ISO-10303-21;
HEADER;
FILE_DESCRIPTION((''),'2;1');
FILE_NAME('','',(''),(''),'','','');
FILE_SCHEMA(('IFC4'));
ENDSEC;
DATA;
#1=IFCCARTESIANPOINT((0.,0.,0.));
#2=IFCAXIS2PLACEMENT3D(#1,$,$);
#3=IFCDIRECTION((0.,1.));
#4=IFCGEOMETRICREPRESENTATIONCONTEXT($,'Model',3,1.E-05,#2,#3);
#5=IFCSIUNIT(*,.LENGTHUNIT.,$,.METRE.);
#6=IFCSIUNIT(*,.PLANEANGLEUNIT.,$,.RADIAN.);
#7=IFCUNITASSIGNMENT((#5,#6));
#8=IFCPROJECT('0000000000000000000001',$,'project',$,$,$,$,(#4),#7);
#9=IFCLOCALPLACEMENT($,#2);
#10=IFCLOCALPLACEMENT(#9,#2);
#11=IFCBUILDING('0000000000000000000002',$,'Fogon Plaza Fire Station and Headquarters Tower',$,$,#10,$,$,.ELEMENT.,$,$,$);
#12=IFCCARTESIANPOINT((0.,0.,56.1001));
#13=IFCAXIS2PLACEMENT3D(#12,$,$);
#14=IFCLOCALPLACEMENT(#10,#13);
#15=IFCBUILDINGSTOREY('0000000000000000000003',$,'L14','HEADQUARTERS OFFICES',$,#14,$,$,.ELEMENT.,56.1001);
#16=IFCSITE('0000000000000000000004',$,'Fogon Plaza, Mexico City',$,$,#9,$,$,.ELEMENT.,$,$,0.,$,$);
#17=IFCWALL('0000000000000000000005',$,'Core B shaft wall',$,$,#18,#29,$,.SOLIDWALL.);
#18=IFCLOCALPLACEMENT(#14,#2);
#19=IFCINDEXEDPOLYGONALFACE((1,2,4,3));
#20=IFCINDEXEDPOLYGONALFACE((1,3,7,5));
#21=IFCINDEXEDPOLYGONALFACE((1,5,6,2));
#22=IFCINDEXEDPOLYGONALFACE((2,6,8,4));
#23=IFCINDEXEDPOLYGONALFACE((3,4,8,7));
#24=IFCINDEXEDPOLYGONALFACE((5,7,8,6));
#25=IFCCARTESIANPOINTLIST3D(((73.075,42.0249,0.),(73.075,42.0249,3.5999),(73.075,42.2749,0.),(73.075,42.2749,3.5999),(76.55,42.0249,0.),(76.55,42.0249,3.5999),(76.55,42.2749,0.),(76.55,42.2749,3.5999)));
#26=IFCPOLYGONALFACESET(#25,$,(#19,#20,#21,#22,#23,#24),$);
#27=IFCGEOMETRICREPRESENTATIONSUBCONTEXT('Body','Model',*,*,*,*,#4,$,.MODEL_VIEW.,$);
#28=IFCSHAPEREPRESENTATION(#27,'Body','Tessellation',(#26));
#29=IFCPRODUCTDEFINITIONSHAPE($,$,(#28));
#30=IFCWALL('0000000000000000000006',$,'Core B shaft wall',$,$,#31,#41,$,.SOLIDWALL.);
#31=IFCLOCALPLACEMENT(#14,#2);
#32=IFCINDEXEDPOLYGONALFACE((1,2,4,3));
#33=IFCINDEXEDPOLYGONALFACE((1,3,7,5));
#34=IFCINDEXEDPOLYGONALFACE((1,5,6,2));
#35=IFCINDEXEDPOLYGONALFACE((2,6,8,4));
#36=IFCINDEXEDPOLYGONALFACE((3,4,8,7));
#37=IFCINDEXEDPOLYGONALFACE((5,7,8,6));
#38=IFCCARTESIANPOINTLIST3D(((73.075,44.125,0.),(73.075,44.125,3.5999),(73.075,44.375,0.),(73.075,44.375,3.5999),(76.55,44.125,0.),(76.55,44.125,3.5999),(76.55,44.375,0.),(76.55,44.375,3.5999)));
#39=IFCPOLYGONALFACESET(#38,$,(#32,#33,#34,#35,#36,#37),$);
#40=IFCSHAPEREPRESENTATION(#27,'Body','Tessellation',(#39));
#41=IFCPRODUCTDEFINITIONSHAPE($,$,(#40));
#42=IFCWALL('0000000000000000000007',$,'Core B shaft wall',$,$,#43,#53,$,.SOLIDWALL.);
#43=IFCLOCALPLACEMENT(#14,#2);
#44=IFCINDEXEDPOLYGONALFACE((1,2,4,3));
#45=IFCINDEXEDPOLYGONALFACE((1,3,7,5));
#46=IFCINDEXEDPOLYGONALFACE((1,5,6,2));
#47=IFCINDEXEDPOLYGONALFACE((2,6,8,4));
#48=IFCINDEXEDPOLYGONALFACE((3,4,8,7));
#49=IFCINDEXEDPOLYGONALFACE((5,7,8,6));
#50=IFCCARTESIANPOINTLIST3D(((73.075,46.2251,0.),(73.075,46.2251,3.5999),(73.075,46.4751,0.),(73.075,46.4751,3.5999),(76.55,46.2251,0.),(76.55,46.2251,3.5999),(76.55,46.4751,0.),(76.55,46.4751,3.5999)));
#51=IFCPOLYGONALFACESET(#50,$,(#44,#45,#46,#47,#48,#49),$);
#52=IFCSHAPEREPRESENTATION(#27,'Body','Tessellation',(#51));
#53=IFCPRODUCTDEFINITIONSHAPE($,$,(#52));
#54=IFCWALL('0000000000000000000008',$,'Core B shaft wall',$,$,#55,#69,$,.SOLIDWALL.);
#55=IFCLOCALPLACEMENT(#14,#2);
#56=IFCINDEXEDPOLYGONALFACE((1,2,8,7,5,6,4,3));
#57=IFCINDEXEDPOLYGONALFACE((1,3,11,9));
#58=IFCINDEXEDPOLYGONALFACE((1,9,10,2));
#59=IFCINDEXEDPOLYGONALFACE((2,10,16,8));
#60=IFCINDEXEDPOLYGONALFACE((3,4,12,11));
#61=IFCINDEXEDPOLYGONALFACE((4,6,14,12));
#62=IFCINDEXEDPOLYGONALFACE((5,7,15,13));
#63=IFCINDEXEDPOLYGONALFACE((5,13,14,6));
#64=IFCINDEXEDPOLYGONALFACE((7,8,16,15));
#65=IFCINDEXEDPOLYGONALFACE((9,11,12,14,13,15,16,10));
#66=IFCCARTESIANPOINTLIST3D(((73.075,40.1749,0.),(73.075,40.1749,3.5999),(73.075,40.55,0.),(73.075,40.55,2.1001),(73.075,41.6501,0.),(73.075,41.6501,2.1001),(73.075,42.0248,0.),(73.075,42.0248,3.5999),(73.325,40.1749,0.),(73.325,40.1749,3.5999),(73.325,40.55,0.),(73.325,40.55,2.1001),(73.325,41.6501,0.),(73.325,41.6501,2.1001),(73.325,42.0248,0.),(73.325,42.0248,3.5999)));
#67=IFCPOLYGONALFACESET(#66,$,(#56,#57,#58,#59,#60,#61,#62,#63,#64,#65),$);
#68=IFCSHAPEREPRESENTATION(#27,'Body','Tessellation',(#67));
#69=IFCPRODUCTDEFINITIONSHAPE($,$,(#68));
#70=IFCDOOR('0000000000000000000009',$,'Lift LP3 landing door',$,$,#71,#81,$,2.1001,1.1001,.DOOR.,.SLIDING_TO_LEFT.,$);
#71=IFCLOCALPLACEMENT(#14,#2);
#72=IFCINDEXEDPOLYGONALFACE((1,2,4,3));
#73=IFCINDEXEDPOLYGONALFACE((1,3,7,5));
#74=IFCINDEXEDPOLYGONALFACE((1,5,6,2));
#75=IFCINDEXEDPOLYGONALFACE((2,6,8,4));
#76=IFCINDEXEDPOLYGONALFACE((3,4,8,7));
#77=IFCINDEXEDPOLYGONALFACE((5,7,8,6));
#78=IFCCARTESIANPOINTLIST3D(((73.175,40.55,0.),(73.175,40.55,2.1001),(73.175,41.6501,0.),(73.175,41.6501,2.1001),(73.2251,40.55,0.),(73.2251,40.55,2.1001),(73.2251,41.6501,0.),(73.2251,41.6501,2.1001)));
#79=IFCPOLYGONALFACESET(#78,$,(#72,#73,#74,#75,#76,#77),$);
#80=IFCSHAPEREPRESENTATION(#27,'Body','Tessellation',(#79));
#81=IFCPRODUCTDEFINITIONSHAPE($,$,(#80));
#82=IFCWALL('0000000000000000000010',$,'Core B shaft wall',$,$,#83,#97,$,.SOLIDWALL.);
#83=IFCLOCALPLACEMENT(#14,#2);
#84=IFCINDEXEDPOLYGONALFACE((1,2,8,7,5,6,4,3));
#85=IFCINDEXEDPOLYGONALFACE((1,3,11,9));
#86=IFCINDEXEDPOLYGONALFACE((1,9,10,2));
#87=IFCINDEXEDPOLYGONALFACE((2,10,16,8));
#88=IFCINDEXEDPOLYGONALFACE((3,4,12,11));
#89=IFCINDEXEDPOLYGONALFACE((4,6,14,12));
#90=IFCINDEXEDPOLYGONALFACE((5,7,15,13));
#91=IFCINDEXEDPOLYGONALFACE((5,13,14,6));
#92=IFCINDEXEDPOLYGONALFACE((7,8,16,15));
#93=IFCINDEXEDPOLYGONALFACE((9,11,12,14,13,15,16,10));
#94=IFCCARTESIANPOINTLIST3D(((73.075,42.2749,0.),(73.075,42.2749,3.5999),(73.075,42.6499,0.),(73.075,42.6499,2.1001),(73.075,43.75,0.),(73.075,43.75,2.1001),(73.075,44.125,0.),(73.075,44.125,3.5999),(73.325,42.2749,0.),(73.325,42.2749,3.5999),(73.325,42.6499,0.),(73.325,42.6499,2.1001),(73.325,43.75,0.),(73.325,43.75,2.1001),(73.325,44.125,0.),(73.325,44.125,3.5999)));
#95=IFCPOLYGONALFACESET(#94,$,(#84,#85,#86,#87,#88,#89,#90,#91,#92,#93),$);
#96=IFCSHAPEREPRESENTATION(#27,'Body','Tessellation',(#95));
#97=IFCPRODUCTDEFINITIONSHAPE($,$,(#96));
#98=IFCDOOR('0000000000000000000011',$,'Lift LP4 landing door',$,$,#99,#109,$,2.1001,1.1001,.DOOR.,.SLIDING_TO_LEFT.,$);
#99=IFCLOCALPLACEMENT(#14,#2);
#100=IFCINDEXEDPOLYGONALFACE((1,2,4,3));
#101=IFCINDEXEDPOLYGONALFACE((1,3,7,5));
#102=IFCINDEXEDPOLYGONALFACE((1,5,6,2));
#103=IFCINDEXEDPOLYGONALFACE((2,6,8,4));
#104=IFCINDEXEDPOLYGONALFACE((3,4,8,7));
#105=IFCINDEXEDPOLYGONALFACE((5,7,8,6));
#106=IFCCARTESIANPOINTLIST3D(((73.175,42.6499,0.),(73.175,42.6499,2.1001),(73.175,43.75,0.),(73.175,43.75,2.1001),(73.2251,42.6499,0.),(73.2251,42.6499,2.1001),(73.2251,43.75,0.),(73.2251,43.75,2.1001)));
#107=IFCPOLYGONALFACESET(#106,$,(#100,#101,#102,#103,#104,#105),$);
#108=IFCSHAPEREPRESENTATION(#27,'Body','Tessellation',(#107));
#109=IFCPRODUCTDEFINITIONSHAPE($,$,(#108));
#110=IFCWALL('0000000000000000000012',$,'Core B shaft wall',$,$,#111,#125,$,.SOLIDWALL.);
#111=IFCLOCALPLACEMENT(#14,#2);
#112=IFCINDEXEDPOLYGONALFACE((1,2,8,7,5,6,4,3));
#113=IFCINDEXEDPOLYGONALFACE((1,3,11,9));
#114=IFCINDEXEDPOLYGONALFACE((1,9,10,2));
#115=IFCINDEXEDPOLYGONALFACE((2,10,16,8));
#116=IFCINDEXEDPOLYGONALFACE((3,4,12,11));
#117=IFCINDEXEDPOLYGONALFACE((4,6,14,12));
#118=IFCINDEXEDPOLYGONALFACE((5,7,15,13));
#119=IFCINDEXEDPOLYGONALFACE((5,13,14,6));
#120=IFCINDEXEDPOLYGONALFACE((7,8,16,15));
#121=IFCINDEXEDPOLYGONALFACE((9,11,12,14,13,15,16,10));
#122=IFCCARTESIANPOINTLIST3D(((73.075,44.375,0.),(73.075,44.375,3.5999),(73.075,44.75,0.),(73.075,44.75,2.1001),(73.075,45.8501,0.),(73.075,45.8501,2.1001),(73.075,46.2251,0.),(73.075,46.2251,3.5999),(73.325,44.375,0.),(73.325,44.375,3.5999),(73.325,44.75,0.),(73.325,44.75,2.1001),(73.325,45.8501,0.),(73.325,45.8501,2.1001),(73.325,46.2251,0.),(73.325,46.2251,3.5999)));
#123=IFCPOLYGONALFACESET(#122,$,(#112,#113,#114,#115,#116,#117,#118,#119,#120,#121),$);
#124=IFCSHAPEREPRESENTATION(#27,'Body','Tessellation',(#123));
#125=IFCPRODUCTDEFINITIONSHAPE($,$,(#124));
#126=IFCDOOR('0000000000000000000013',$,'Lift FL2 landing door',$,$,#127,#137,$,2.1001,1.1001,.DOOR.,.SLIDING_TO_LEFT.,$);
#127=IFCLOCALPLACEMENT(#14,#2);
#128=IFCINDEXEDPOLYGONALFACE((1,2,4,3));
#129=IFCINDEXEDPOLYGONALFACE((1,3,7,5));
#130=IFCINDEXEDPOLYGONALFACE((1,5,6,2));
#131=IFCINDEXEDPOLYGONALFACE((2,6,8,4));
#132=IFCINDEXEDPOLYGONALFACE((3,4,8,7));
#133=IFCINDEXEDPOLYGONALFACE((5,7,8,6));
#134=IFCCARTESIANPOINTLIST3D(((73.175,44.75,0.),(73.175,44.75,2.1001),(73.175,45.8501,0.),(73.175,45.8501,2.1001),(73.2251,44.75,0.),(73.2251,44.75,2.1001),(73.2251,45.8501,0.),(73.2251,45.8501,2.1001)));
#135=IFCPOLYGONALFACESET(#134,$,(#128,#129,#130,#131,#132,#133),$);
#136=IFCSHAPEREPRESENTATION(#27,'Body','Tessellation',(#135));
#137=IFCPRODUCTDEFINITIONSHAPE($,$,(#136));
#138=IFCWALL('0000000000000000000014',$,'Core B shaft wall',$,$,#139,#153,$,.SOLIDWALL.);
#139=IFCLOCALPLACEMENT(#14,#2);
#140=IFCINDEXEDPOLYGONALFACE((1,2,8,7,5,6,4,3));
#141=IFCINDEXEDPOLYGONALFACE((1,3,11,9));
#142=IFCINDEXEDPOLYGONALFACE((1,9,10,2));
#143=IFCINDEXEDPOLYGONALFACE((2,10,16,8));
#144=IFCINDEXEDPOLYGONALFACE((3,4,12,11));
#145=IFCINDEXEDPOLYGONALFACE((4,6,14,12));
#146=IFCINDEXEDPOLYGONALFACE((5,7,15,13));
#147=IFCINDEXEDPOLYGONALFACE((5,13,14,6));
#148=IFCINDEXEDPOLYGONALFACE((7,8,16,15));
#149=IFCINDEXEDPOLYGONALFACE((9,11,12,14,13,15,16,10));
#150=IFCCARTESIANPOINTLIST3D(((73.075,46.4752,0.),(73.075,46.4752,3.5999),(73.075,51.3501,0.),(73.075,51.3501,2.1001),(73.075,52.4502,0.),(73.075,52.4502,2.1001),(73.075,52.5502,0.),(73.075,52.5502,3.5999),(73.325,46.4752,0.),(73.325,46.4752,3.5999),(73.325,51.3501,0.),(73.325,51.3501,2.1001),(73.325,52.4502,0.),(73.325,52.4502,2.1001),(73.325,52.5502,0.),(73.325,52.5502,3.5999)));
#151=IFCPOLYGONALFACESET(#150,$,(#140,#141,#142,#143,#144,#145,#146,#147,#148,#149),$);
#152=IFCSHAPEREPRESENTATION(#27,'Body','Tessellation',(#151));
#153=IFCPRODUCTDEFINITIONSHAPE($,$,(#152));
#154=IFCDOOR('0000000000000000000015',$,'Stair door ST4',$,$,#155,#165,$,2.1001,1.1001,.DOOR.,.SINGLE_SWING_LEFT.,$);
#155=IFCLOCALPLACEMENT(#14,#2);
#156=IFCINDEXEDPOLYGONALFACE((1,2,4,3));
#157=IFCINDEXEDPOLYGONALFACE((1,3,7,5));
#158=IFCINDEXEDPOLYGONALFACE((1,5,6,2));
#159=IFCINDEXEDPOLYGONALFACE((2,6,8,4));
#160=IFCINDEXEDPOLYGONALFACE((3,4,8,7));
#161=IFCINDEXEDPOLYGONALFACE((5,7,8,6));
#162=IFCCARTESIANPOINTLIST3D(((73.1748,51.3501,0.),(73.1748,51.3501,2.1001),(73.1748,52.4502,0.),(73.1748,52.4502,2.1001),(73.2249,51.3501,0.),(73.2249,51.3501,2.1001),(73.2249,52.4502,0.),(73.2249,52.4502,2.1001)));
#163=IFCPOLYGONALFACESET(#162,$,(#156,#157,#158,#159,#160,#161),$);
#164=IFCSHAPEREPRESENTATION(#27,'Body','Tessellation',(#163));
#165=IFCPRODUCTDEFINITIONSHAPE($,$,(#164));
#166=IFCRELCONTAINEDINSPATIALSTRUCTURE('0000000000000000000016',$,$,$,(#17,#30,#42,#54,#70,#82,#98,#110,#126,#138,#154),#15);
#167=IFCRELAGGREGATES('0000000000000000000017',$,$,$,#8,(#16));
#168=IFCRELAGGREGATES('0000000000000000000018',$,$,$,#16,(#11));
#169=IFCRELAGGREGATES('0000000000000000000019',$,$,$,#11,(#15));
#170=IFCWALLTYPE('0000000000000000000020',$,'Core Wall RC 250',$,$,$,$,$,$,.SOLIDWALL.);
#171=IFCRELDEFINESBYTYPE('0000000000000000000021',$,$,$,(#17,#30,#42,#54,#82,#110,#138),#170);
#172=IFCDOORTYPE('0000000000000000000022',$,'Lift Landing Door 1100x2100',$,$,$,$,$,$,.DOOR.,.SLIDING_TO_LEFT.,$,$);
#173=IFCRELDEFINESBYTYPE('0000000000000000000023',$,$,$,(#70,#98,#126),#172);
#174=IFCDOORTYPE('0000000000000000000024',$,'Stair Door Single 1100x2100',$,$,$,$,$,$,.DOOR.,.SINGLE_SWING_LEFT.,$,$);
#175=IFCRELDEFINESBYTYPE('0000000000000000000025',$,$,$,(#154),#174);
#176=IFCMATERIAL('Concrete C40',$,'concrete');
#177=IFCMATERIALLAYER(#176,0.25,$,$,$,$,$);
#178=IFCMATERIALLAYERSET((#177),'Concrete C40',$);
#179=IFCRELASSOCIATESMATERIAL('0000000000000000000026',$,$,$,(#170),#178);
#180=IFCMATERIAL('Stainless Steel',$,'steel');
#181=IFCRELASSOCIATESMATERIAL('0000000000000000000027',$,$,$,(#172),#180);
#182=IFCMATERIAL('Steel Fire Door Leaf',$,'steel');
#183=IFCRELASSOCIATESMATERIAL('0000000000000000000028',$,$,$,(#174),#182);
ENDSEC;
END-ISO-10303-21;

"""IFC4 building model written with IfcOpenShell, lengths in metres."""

from ifc_helpers import new_model, si_unit, direction, frame, frame_2d, origin, place, context, subcontext, project, spatial, rectangle, extrude, material, layer, layer_set, type_object, element, fill, save


model = new_model("IFC4")

# Units and contexts
model_context = context("Model", 3, precision=1e-05, world=origin(), true_north=direction((0.0, 1.0)))
body_context = subcontext(model_context, "Body", "Model", "MODEL_VIEW")
ifc_project = project(units=[si_unit("LENGTHUNIT", "METRE"), si_unit("PLANEANGLEUNIT", "RADIAN")], contexts=[model_context])

# Site, building, storey
site_placement = place(None, origin())
site = spatial("IfcSite", under=ifc_project, at=site_placement, Name="Fogon Plaza, Mexico City", CompositionType="ELEMENT", RefElevation=0.0)
building_placement = place(site_placement, origin())
building = spatial("IfcBuilding", under=site, at=building_placement, Name="Fogon Plaza Fire Station and Headquarters Tower", CompositionType="ELEMENT")
storey_placement = place(building_placement, frame((0.0, 0.0, 56.1001)))
storey = spatial("IfcBuildingStorey", under=building, at=storey_placement, Name="L14", Description="HEADQUARTERS OFFICES", CompositionType="ELEMENT", Elevation=56.1001)

# Walls
ifc_material_1 = material(Name="Concrete C40", Category="concrete")
ifc_layer_1 = layer(ifc_material_1, 0.25)
ifc_layer_set_1 = layer_set([ifc_layer_1], Name="Concrete C40")
wall_type_1 = type_object("IfcWallType", Name="Core Wall RC 250", PredefinedType="SOLIDWALL", material=ifc_layer_set_1)
for number, where, z_axis, x_axis, name in (
    (1, (76.55, 42.1499, 0.0), (0.0, 0.0, 1.0), (-1.0, 0.0, 0.0), "Core B shaft wall"),
    (2, (76.55, 44.25, 0.0), (0.0, 0.0, 1.0), (-1.0, 0.0, 0.0), "Core B shaft wall"),
    (3, (76.55, 46.3501, 0.0), (0.0, 0.0, 1.0), (-1.0, 0.0, 0.0), "Core B shaft wall"),
):
    element("IfcWall", number, at=place(storey_placement, frame(where, z_axis=z_axis, x_axis=x_axis)), inside=storey, type_object=wall_type_1, Name=name, PredefinedType="SOLIDWALL", context=body_context, shape_type="SweptSolid", body=[
        extrude(rectangle(XDim=3.4751, YDim=0.25, at=frame_2d((1.7375, 0.0))), origin(), (0.0, 0.0, 1.0), 3.5999),
    ])

# Walls, openings, doors
wall_1_placement = place(storey_placement, frame((73.2, 40.175, 0.0), z_axis=(0.0, 0.0, 1.0), x_axis=(0.0, 1.0, 0.0)))
wall_1 = element("IfcWall", 4, at=wall_1_placement, inside=storey, type_object=wall_type_1, Name="Core B shaft wall", PredefinedType="SOLIDWALL", context=body_context, shape_type="SweptSolid", body=[
    extrude(rectangle(XDim=1.8499, YDim=0.25, at=frame_2d((0.9248, 0.0))), origin(), (0.0, 0.0, 1.0), 3.5999),
])
opening_1_placement = place(wall_1_placement, frame((0.375, 0.0, 0.0)))
opening_1 = element("IfcOpeningElement", 5, at=opening_1_placement, cuts=wall_1, PredefinedType="OPENING", context=body_context, shape_type="SweptSolid", body=[
    extrude(rectangle(XDim=1.1001, YDim=2.1001, at=frame_2d((0.55, 1.05))), frame((0.0, 0.135, 0.0), z_axis=(0.0, -1.0, 0.0), x_axis=(1.0, 0.0, 0.0)), (0.0, 0.0, 1.0), 0.27),
])
ifc_material_2 = material(Name="Stainless Steel", Category="steel")
door_type_1 = type_object("IfcDoorType", Name="Lift Landing Door 1100x2100", OperationType="SLIDING_TO_LEFT", PredefinedType="DOOR", material=ifc_material_2)
door_1_placement = place(opening_1_placement, origin())
door_1 = element("IfcDoor", 6, at=door_1_placement, inside=storey, type_object=door_type_1, Name="Lift LP3 landing door", OperationType="SLIDING_TO_LEFT", OverallHeight=2.1001, OverallWidth=1.1001, PredefinedType="DOOR", context=body_context, shape_type="SweptSolid", body=[
    extrude(rectangle(XDim=1.1001, YDim=2.1001, at=frame_2d((0.55, 1.05))), frame((0.0, 0.0249, 0.0), z_axis=(0.0, -1.0, 0.0), x_axis=(1.0, 0.0, 0.0)), (0.0, 0.0, 1.0), 0.05),
])
fill(opening_1, door_1)
wall_2_placement = place(storey_placement, frame((73.2, 42.2749, 0.0), z_axis=(0.0, 0.0, 1.0), x_axis=(0.0, 1.0, 0.0)))
wall_2 = element("IfcWall", 7, at=wall_2_placement, inside=storey, type_object=wall_type_1, Name="Core B shaft wall", PredefinedType="SOLIDWALL", context=body_context, shape_type="SweptSolid", body=[
    extrude(rectangle(XDim=1.8501, YDim=0.25, at=frame_2d((0.925, 0.0))), origin(), (0.0, 0.0, 1.0), 3.5999),
])
opening_2_placement = place(wall_2_placement, frame((0.375, 0.0, 0.0)))
opening_2 = element("IfcOpeningElement", 8, at=opening_2_placement, cuts=wall_2, PredefinedType="OPENING", context=body_context, shape_type="SweptSolid", body=[
    extrude(rectangle(XDim=1.1001, YDim=2.1001, at=frame_2d((0.55, 1.05))), frame((0.0, 0.135, 0.0), z_axis=(0.0, -1.0, 0.0), x_axis=(1.0, 0.0, 0.0)), (0.0, 0.0, 1.0), 0.27),
])
door_2_placement = place(opening_2_placement, origin())
door_2 = element("IfcDoor", 9, at=door_2_placement, inside=storey, type_object=door_type_1, Name="Lift LP4 landing door", OperationType="SLIDING_TO_LEFT", OverallHeight=2.1001, OverallWidth=1.1001, PredefinedType="DOOR", context=body_context, shape_type="SweptSolid", body=[
    extrude(rectangle(XDim=1.1001, YDim=2.1001, at=frame_2d((0.55, 1.05))), frame((0.0, 0.0249, 0.0), z_axis=(0.0, -1.0, 0.0), x_axis=(1.0, 0.0, 0.0)), (0.0, 0.0, 1.0), 0.05),
])
fill(opening_2, door_2)
wall_3_placement = place(storey_placement, frame((73.2, 44.375, 0.0), z_axis=(0.0, 0.0, 1.0), x_axis=(0.0, 1.0, 0.0)))
wall_3 = element("IfcWall", 10, at=wall_3_placement, inside=storey, type_object=wall_type_1, Name="Core B shaft wall", PredefinedType="SOLIDWALL", context=body_context, shape_type="SweptSolid", body=[
    extrude(rectangle(XDim=1.8501, YDim=0.25, at=frame_2d((0.925, 0.0))), origin(), (0.0, 0.0, 1.0), 3.5999),
])
opening_3_placement = place(wall_3_placement, frame((0.375, 0.0, 0.0)))
opening_3 = element("IfcOpeningElement", 11, at=opening_3_placement, cuts=wall_3, PredefinedType="OPENING", context=body_context, shape_type="SweptSolid", body=[
    extrude(rectangle(XDim=1.1001, YDim=2.1001, at=frame_2d((0.55, 1.05))), frame((0.0, 0.135, 0.0), z_axis=(0.0, -1.0, 0.0), x_axis=(1.0, 0.0, 0.0)), (0.0, 0.0, 1.0), 0.27),
])
door_3_placement = place(opening_3_placement, origin())
door_3 = element("IfcDoor", 12, at=door_3_placement, inside=storey, type_object=door_type_1, Name="Lift FL2 landing door", OperationType="SLIDING_TO_LEFT", OverallHeight=2.1001, OverallWidth=1.1001, PredefinedType="DOOR", context=body_context, shape_type="SweptSolid", body=[
    extrude(rectangle(XDim=1.1001, YDim=2.1001, at=frame_2d((0.55, 1.05))), frame((0.0, 0.0249, 0.0), z_axis=(0.0, -1.0, 0.0), x_axis=(1.0, 0.0, 0.0)), (0.0, 0.0, 1.0), 0.05),
])
fill(opening_3, door_3)
wall_4_placement = place(storey_placement, frame((73.2, 46.4751, 0.0), z_axis=(0.0, 0.0, 1.0), x_axis=(0.0, 1.0, 0.0)))
wall_4 = element("IfcWall", 13, at=wall_4_placement, inside=storey, type_object=wall_type_1, Name="Core B shaft wall", PredefinedType="SOLIDWALL", context=body_context, shape_type="SweptSolid", body=[
    extrude(rectangle(XDim=6.075, YDim=0.25, at=frame_2d((3.0376, 0.0))), origin(), (0.0, 0.0, 1.0), 3.5999),
])
opening_4_placement = place(wall_4_placement, frame((4.875, 0.0, 0.0)))
opening_4 = element("IfcOpeningElement", 14, at=opening_4_placement, cuts=wall_4, PredefinedType="OPENING", context=body_context, shape_type="SweptSolid", body=[
    extrude(rectangle(XDim=1.1001, YDim=2.1001, at=frame_2d((0.55, 1.05))), frame((0.0, 0.135, 0.0), z_axis=(0.0, -1.0, 0.0), x_axis=(1.0, 0.0, 0.0)), (0.0, 0.0, 1.0), 0.27),
])
ifc_material_3 = material(Name="Steel Fire Door Leaf", Category="steel")
door_type_2 = type_object("IfcDoorType", Name="Stair Door Single 1100x2100", OperationType="SINGLE_SWING_LEFT", PredefinedType="DOOR", material=ifc_material_3)
door_4_placement = place(opening_4_placement, frame((1.1001, 0.0, 0.0), z_axis=(0.0, 0.0, 1.0), x_axis=(-1.0, 0.0, 0.0)))
door_4 = element("IfcDoor", 15, at=door_4_placement, inside=storey, type_object=door_type_2, Name="Stair door ST4", OperationType="SINGLE_SWING_LEFT", OverallHeight=2.1001, OverallWidth=1.1001, PredefinedType="DOOR", context=body_context, shape_type="SweptSolid", body=[
    extrude(rectangle(XDim=1.1001, YDim=2.1001, at=frame_2d((0.55, 1.05))), frame((0.0, 0.0249, 0.0), z_axis=(0.0, -1.0, 0.0), x_axis=(1.0, 0.0, 0.0)), (0.0, 0.0, 1.0), 0.05),
])
fill(opening_4, door_4)

save(model, "model.ifc")
